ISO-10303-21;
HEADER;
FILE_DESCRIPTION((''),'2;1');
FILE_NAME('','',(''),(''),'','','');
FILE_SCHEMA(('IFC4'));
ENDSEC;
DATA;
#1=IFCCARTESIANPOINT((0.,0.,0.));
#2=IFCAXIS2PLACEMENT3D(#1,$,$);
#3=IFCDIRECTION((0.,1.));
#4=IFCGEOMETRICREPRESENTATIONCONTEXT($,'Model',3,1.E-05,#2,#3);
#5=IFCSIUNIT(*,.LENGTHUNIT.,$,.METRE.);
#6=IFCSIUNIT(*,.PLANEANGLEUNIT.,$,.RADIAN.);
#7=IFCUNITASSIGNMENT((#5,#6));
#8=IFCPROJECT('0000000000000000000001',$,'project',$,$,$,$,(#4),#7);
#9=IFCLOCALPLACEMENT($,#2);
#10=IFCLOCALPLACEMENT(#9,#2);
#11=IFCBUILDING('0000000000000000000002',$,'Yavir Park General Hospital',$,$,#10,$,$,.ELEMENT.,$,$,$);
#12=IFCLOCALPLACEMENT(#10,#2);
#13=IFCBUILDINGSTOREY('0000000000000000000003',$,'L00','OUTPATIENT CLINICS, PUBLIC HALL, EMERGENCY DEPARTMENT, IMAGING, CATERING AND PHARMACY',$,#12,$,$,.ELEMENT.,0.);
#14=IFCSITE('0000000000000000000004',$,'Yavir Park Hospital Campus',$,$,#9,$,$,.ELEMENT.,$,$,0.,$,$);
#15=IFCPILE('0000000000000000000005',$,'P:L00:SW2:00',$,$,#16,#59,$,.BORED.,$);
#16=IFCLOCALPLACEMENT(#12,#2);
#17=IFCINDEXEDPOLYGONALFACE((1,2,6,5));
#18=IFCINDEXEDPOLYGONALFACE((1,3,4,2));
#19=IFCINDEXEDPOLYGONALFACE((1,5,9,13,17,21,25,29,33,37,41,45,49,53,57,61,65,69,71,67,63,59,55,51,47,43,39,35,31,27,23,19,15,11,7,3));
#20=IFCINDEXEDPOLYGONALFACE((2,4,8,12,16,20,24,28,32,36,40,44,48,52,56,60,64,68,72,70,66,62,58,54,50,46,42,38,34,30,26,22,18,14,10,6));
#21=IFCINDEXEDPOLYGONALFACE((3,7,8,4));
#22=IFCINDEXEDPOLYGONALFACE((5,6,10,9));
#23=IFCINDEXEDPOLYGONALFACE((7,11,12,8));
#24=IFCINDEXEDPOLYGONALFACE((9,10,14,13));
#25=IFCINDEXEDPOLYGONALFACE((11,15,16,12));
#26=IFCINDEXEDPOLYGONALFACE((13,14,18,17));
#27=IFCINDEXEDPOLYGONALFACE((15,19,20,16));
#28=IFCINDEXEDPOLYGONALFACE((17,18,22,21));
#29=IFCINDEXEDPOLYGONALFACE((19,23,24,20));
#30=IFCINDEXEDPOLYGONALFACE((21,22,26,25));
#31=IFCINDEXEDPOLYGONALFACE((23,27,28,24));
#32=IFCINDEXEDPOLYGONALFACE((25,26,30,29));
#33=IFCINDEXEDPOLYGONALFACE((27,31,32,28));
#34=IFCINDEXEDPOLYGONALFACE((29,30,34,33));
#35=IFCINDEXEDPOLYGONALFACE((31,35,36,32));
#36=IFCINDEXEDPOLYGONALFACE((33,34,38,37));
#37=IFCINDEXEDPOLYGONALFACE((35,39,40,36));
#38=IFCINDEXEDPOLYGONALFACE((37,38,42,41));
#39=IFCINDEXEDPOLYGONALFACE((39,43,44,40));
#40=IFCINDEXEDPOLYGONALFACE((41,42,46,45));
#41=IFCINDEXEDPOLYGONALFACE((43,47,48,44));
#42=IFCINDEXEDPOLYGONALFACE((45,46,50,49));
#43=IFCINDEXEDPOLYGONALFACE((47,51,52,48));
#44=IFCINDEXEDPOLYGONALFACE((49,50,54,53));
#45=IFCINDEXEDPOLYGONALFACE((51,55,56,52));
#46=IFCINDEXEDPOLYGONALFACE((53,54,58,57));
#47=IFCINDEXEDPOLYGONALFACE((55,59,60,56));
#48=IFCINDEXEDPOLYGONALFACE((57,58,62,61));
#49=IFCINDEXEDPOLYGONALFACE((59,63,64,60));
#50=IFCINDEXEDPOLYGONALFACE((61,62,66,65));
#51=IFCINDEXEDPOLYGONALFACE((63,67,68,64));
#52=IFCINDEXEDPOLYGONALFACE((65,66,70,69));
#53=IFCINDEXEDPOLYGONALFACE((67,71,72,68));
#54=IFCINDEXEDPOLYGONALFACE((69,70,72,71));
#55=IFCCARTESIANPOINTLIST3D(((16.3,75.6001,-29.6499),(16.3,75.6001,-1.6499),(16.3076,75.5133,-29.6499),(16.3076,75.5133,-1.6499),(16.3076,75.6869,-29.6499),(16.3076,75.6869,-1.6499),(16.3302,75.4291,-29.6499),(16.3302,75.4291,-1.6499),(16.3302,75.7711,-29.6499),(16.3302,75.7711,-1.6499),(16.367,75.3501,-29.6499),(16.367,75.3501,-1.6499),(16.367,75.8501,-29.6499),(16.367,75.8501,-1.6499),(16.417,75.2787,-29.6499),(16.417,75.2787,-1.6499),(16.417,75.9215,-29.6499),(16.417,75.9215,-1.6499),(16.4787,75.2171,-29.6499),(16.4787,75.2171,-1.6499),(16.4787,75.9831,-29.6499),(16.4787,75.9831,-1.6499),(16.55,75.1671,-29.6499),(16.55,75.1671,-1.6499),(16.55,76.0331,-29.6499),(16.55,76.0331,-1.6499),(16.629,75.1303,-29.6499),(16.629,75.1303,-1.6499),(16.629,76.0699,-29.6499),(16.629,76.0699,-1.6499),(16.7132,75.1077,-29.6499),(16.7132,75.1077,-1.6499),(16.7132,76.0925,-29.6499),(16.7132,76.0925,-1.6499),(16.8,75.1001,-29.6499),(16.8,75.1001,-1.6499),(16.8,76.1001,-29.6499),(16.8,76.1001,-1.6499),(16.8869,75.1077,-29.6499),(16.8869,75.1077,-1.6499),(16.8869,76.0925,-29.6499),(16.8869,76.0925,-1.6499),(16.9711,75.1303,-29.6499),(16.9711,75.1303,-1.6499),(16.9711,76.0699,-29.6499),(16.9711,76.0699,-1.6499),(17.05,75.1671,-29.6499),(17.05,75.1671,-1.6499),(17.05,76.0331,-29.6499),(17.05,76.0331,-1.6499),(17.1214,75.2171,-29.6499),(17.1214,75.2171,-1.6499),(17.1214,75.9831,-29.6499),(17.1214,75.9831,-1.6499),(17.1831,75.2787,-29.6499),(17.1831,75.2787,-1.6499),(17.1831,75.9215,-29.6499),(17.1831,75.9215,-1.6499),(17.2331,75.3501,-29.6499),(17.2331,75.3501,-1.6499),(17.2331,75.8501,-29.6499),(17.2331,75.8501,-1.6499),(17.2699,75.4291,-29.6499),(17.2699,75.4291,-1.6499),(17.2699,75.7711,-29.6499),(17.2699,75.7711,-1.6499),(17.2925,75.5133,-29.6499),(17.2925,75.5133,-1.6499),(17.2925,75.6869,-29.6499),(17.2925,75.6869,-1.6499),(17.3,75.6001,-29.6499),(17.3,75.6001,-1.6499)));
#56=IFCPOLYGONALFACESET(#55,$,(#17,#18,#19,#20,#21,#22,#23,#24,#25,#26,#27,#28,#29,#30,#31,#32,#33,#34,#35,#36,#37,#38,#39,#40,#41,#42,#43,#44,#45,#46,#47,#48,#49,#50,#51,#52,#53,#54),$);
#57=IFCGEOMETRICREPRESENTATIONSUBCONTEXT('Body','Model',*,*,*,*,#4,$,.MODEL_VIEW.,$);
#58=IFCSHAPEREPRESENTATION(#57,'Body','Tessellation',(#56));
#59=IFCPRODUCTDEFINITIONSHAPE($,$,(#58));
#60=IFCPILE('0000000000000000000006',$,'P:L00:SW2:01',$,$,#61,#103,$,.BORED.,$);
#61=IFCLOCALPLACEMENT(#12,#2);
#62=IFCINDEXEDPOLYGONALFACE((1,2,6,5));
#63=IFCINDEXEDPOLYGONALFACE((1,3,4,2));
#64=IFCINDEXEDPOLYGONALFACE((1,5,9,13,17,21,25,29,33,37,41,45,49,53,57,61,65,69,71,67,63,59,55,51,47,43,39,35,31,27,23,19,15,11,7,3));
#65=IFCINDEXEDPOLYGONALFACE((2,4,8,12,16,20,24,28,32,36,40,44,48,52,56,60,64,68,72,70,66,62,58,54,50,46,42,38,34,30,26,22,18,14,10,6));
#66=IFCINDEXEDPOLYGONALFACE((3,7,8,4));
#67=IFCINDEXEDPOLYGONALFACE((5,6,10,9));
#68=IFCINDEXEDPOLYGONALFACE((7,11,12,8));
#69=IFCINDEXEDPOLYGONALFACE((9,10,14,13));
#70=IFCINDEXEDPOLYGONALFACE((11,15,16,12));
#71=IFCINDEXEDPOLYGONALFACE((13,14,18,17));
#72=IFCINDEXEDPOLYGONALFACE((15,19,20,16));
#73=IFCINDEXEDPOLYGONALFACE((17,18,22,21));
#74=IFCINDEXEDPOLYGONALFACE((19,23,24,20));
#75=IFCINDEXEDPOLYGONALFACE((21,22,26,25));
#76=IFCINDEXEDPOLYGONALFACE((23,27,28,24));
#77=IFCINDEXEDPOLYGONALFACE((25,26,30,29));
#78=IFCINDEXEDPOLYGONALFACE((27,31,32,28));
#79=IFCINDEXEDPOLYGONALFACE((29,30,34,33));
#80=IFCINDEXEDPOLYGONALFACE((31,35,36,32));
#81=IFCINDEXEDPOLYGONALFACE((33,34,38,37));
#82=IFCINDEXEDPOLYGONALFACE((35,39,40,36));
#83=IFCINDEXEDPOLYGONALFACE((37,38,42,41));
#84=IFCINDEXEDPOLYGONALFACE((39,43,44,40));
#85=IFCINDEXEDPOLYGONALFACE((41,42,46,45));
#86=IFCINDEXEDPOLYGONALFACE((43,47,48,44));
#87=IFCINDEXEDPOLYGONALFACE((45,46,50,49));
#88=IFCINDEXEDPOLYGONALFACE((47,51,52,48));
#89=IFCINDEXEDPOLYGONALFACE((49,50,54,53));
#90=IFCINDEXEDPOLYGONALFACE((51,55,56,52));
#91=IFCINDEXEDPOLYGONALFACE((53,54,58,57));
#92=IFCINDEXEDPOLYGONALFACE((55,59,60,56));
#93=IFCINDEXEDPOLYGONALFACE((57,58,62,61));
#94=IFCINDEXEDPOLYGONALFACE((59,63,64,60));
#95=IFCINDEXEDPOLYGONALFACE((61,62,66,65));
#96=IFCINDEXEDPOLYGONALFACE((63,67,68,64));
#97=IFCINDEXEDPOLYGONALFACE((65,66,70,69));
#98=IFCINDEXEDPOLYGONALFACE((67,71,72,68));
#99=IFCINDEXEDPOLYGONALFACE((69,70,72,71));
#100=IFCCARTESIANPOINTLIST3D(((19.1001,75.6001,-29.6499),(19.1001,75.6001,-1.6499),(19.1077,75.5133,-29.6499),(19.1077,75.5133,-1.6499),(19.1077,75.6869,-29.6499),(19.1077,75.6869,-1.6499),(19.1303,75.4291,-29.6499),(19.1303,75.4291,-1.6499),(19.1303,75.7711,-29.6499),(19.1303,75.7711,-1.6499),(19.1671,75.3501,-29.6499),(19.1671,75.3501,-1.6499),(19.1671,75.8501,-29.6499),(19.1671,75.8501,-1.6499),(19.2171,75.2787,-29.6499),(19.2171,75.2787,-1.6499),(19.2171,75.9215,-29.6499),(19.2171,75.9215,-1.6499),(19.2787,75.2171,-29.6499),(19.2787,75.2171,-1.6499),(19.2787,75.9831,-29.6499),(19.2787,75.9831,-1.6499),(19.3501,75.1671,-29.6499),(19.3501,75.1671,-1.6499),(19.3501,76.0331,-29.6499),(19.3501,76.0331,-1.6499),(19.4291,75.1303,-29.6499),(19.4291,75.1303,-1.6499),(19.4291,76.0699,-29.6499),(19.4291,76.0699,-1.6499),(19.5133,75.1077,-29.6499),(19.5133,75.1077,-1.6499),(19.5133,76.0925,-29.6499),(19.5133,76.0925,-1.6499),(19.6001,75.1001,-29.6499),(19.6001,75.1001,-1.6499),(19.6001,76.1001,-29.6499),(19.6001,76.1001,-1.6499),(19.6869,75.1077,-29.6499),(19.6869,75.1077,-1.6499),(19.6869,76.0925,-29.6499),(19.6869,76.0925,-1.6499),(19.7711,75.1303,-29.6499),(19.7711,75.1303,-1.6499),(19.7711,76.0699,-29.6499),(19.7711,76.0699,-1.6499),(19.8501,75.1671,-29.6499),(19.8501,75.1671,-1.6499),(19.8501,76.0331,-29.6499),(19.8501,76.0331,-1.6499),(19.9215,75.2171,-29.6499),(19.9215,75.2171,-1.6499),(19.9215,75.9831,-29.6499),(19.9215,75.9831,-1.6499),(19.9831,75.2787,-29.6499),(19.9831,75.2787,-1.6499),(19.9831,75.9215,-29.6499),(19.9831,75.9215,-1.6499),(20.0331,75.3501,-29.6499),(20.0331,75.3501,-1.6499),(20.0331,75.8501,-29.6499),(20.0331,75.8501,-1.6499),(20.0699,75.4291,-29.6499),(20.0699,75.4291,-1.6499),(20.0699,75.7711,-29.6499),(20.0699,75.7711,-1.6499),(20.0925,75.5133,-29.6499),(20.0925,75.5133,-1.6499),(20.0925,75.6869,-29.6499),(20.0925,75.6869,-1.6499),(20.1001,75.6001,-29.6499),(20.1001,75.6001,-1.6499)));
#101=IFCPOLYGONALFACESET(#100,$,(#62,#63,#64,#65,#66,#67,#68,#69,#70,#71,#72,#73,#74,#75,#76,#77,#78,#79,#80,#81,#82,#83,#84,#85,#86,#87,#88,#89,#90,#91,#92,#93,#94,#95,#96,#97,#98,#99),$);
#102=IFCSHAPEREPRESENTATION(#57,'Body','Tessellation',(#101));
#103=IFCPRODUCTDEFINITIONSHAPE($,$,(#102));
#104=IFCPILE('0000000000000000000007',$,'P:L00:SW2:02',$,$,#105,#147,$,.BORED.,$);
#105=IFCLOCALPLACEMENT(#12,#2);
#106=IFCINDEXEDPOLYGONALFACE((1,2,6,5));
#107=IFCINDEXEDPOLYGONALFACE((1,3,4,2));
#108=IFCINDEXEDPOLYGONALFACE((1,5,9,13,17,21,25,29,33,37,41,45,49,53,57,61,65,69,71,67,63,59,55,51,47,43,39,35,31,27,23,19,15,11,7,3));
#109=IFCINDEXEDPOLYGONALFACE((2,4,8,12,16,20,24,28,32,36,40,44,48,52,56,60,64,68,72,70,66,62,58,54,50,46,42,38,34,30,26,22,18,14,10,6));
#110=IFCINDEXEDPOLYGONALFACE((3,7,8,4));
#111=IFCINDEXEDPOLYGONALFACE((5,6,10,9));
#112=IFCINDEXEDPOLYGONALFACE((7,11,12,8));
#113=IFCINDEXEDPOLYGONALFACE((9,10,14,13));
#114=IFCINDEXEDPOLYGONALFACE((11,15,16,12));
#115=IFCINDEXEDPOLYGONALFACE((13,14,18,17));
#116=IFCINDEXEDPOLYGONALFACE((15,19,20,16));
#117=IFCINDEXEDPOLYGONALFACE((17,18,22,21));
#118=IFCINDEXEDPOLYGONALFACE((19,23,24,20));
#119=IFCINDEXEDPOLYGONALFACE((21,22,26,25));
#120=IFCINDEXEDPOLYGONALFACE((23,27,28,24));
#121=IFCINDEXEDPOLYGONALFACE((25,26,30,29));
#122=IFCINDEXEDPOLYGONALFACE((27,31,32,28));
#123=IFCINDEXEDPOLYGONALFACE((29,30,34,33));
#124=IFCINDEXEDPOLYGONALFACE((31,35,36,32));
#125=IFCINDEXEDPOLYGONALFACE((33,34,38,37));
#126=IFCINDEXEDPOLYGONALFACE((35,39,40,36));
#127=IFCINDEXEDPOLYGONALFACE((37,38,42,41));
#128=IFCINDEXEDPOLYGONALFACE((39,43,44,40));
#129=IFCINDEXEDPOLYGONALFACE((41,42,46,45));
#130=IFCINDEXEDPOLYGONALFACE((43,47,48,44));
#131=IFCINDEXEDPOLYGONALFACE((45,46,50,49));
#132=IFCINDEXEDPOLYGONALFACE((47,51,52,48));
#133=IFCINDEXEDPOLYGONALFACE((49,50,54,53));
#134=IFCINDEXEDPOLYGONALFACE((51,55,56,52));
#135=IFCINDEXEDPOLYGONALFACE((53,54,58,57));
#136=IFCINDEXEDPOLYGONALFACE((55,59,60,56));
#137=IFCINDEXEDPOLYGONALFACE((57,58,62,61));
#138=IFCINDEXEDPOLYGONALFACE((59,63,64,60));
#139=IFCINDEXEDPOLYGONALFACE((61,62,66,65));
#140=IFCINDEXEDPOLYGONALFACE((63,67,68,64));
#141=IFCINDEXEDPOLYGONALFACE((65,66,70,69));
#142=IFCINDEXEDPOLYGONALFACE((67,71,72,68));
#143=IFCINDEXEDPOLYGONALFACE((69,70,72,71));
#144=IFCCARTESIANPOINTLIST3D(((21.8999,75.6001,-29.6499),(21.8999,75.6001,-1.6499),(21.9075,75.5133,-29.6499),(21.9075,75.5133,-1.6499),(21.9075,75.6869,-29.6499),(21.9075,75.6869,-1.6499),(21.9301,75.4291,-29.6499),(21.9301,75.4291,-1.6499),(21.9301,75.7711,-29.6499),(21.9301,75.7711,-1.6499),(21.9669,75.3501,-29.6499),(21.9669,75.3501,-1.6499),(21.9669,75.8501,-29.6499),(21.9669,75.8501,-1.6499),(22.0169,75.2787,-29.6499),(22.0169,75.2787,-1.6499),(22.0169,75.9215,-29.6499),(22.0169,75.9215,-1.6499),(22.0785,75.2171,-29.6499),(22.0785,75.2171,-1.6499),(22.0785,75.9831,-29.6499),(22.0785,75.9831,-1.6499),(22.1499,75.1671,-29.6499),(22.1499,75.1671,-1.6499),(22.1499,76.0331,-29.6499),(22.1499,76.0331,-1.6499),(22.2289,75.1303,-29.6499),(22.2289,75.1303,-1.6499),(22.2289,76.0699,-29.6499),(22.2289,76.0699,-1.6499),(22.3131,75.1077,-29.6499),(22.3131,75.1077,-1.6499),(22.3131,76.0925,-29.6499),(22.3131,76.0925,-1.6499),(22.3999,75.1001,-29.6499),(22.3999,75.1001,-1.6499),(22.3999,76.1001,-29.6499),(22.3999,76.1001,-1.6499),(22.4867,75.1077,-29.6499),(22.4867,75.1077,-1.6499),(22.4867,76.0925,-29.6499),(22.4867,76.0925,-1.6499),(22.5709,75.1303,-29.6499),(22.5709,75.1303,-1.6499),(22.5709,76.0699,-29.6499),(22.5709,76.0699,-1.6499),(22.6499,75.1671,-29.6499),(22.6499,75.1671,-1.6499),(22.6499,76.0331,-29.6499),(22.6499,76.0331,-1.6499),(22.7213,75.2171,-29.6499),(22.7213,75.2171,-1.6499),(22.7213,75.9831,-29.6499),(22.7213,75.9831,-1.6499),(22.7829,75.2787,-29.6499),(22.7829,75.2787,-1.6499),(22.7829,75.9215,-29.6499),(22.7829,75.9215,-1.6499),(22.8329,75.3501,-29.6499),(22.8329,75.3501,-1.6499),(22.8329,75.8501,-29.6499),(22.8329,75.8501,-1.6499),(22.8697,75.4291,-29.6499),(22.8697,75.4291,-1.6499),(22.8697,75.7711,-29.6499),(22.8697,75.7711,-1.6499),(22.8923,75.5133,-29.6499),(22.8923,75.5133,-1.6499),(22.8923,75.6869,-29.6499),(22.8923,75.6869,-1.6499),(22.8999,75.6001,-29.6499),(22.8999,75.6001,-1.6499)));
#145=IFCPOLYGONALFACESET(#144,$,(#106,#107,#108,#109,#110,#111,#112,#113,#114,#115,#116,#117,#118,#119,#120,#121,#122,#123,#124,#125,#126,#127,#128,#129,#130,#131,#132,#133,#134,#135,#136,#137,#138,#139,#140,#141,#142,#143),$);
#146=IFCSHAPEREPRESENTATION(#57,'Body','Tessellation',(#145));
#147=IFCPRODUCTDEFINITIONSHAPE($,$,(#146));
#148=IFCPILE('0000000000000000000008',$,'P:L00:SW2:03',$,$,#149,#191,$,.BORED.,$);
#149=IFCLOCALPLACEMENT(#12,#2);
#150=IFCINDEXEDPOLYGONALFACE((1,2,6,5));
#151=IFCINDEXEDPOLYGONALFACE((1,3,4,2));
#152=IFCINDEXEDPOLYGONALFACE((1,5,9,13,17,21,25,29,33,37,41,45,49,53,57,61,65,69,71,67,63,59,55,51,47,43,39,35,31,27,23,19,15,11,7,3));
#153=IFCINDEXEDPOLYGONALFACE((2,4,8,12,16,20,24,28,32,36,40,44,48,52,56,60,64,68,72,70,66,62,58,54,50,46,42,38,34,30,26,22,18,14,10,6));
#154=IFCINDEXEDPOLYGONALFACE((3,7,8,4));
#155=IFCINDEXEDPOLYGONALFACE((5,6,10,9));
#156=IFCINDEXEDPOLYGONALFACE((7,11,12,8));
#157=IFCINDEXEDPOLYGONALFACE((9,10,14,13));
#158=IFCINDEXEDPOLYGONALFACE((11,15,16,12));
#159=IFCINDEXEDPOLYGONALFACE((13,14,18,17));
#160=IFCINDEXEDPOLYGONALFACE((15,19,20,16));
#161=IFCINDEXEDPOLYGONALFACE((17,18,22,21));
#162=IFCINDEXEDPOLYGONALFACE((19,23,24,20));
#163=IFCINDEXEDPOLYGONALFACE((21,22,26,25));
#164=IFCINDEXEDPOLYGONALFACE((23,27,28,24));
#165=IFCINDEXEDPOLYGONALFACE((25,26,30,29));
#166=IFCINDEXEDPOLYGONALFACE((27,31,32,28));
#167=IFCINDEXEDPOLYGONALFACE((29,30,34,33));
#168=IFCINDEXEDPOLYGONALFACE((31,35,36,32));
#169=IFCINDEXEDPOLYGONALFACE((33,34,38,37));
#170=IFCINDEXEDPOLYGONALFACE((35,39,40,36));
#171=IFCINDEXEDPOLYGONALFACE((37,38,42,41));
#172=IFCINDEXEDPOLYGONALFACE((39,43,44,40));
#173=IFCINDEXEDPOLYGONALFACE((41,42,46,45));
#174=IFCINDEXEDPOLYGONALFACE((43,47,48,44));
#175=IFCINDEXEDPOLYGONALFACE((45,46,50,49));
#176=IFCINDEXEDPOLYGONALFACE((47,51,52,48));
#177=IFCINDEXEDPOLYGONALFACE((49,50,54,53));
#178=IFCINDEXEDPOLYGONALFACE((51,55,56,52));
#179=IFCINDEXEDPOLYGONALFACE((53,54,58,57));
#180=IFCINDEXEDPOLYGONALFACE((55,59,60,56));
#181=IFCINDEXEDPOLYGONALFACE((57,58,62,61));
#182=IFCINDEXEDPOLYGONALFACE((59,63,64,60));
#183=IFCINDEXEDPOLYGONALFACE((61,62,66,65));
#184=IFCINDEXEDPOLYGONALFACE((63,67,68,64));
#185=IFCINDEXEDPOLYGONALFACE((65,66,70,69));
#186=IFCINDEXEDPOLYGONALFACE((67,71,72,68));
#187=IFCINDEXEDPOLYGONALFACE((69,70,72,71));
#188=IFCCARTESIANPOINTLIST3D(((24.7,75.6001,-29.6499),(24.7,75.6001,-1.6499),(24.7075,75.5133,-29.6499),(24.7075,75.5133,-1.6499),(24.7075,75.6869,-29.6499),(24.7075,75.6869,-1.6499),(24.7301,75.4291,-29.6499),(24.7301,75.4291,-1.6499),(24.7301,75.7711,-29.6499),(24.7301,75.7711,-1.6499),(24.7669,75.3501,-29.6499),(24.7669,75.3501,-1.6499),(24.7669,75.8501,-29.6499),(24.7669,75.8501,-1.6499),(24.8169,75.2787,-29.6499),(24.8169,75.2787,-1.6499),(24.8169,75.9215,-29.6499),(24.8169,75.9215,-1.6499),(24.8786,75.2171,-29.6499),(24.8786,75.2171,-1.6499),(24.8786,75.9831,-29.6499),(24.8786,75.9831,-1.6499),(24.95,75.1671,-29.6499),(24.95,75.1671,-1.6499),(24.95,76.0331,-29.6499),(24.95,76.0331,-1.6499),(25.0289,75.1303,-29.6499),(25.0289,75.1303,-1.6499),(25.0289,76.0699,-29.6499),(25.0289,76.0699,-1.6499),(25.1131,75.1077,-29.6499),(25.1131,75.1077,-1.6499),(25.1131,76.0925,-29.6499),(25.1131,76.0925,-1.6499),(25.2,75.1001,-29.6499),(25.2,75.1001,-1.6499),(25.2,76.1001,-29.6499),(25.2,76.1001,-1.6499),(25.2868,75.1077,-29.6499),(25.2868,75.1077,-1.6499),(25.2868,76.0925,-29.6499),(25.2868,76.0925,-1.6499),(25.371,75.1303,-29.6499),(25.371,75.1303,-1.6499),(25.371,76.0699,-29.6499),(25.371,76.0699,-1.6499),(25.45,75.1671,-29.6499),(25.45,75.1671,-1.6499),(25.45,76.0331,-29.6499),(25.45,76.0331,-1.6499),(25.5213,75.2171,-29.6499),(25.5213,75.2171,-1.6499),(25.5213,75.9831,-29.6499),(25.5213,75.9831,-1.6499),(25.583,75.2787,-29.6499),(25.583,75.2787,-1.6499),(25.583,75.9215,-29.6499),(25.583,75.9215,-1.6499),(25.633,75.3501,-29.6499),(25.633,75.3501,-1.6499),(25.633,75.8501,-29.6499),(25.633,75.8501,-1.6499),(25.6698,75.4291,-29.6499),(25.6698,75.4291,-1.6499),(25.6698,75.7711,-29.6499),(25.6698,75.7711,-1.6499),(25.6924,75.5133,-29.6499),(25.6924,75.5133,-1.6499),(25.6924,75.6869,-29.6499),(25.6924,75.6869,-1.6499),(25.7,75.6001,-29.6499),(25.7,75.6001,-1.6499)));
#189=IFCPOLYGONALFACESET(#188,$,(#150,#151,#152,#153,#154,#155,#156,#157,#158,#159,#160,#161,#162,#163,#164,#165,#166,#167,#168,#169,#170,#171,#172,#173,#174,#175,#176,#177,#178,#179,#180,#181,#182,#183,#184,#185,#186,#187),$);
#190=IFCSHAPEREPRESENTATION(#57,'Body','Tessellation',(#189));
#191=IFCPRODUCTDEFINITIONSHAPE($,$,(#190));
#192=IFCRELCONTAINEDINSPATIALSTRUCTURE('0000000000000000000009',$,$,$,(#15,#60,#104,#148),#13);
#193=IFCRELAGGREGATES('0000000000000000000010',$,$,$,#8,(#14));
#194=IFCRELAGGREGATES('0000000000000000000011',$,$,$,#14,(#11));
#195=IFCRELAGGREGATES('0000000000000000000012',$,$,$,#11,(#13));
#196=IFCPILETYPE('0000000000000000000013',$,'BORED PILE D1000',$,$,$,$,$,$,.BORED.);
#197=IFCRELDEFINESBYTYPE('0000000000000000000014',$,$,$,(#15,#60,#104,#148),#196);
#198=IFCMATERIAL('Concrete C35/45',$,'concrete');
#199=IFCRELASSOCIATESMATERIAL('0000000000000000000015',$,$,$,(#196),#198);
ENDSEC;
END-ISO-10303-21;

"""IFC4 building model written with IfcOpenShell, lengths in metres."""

from ifc_helpers import new_model, si_unit, direction, frame, origin, origin_2d, place, context, subcontext, project, spatial, circle, extrude, material, material_profile, profile_set, type_object, element, save


model = new_model("IFC4")

# Units and contexts
model_context = context("Model", 3, precision=1e-05, world=origin(), true_north=direction((0.0, 1.0)))
body_context = subcontext(model_context, "Body", "Model", "MODEL_VIEW")
ifc_project = project(units=[si_unit("LENGTHUNIT", "METRE"), si_unit("PLANEANGLEUNIT", "RADIAN")], contexts=[model_context])

# Site, building, storey
site_placement = place(None, origin())
site = spatial("IfcSite", under=ifc_project, at=site_placement, Name="Yavir Park Hospital Campus", CompositionType="ELEMENT", RefElevation=0.0)
building_placement = place(site_placement, origin())
building = spatial("IfcBuilding", under=site, at=building_placement, Name="Yavir Park General Hospital", CompositionType="ELEMENT")
storey_placement = place(building_placement, origin())
storey = spatial("IfcBuildingStorey", under=building, at=storey_placement, Name="L00", Description="OUTPATIENT CLINICS, PUBLIC HALL, EMERGENCY DEPARTMENT, IMAGING, CATERING AND PHARMACY", CompositionType="ELEMENT", Elevation=0.0)

# Piles
ifc_material_1 = material(Name="Concrete C35/45", Category="concrete")
ifc_material_profile = material_profile(ifc_material_1, circle(Radius=0.5, at=origin_2d()), Name="D1000")
ifc_profile_set = profile_set([ifc_material_profile], Name="Concrete C35/45")
pile_type = type_object("IfcPileType", Name="BORED PILE D1000", PredefinedType="BORED", material=ifc_profile_set)
for number, where, z_axis, x_axis, name in (
    (1, (16.8, 75.6001, -1.6499), (0.0, 0.0, -1.0), (1.0, 0.0, 0.0), "P:L00:SW2:00"),
    (2, (19.6001, 75.6001, -1.6499), (0.0, 0.0, -1.0), (1.0, 0.0, 0.0), "P:L00:SW2:01"),
    (3, (22.3999, 75.6001, -1.6499), (0.0, 0.0, -1.0), (1.0, 0.0, 0.0), "P:L00:SW2:02"),
    (4, (25.2, 75.6001, -1.6499), (0.0, 0.0, -1.0), (1.0, 0.0, 0.0), "P:L00:SW2:03"),
):
    element("IfcPile", number, at=place(storey_placement, frame(where, z_axis=z_axis, x_axis=x_axis)), inside=storey, type_object=pile_type, Name=name, PredefinedType="BORED", context=body_context, shape_type="SweptSolid", body=[
        extrude(circle(Radius=0.5, at=origin_2d()), origin(), (0.0, 0.0, 1.0), 28.0),
    ])

save(model, "model.ifc")
